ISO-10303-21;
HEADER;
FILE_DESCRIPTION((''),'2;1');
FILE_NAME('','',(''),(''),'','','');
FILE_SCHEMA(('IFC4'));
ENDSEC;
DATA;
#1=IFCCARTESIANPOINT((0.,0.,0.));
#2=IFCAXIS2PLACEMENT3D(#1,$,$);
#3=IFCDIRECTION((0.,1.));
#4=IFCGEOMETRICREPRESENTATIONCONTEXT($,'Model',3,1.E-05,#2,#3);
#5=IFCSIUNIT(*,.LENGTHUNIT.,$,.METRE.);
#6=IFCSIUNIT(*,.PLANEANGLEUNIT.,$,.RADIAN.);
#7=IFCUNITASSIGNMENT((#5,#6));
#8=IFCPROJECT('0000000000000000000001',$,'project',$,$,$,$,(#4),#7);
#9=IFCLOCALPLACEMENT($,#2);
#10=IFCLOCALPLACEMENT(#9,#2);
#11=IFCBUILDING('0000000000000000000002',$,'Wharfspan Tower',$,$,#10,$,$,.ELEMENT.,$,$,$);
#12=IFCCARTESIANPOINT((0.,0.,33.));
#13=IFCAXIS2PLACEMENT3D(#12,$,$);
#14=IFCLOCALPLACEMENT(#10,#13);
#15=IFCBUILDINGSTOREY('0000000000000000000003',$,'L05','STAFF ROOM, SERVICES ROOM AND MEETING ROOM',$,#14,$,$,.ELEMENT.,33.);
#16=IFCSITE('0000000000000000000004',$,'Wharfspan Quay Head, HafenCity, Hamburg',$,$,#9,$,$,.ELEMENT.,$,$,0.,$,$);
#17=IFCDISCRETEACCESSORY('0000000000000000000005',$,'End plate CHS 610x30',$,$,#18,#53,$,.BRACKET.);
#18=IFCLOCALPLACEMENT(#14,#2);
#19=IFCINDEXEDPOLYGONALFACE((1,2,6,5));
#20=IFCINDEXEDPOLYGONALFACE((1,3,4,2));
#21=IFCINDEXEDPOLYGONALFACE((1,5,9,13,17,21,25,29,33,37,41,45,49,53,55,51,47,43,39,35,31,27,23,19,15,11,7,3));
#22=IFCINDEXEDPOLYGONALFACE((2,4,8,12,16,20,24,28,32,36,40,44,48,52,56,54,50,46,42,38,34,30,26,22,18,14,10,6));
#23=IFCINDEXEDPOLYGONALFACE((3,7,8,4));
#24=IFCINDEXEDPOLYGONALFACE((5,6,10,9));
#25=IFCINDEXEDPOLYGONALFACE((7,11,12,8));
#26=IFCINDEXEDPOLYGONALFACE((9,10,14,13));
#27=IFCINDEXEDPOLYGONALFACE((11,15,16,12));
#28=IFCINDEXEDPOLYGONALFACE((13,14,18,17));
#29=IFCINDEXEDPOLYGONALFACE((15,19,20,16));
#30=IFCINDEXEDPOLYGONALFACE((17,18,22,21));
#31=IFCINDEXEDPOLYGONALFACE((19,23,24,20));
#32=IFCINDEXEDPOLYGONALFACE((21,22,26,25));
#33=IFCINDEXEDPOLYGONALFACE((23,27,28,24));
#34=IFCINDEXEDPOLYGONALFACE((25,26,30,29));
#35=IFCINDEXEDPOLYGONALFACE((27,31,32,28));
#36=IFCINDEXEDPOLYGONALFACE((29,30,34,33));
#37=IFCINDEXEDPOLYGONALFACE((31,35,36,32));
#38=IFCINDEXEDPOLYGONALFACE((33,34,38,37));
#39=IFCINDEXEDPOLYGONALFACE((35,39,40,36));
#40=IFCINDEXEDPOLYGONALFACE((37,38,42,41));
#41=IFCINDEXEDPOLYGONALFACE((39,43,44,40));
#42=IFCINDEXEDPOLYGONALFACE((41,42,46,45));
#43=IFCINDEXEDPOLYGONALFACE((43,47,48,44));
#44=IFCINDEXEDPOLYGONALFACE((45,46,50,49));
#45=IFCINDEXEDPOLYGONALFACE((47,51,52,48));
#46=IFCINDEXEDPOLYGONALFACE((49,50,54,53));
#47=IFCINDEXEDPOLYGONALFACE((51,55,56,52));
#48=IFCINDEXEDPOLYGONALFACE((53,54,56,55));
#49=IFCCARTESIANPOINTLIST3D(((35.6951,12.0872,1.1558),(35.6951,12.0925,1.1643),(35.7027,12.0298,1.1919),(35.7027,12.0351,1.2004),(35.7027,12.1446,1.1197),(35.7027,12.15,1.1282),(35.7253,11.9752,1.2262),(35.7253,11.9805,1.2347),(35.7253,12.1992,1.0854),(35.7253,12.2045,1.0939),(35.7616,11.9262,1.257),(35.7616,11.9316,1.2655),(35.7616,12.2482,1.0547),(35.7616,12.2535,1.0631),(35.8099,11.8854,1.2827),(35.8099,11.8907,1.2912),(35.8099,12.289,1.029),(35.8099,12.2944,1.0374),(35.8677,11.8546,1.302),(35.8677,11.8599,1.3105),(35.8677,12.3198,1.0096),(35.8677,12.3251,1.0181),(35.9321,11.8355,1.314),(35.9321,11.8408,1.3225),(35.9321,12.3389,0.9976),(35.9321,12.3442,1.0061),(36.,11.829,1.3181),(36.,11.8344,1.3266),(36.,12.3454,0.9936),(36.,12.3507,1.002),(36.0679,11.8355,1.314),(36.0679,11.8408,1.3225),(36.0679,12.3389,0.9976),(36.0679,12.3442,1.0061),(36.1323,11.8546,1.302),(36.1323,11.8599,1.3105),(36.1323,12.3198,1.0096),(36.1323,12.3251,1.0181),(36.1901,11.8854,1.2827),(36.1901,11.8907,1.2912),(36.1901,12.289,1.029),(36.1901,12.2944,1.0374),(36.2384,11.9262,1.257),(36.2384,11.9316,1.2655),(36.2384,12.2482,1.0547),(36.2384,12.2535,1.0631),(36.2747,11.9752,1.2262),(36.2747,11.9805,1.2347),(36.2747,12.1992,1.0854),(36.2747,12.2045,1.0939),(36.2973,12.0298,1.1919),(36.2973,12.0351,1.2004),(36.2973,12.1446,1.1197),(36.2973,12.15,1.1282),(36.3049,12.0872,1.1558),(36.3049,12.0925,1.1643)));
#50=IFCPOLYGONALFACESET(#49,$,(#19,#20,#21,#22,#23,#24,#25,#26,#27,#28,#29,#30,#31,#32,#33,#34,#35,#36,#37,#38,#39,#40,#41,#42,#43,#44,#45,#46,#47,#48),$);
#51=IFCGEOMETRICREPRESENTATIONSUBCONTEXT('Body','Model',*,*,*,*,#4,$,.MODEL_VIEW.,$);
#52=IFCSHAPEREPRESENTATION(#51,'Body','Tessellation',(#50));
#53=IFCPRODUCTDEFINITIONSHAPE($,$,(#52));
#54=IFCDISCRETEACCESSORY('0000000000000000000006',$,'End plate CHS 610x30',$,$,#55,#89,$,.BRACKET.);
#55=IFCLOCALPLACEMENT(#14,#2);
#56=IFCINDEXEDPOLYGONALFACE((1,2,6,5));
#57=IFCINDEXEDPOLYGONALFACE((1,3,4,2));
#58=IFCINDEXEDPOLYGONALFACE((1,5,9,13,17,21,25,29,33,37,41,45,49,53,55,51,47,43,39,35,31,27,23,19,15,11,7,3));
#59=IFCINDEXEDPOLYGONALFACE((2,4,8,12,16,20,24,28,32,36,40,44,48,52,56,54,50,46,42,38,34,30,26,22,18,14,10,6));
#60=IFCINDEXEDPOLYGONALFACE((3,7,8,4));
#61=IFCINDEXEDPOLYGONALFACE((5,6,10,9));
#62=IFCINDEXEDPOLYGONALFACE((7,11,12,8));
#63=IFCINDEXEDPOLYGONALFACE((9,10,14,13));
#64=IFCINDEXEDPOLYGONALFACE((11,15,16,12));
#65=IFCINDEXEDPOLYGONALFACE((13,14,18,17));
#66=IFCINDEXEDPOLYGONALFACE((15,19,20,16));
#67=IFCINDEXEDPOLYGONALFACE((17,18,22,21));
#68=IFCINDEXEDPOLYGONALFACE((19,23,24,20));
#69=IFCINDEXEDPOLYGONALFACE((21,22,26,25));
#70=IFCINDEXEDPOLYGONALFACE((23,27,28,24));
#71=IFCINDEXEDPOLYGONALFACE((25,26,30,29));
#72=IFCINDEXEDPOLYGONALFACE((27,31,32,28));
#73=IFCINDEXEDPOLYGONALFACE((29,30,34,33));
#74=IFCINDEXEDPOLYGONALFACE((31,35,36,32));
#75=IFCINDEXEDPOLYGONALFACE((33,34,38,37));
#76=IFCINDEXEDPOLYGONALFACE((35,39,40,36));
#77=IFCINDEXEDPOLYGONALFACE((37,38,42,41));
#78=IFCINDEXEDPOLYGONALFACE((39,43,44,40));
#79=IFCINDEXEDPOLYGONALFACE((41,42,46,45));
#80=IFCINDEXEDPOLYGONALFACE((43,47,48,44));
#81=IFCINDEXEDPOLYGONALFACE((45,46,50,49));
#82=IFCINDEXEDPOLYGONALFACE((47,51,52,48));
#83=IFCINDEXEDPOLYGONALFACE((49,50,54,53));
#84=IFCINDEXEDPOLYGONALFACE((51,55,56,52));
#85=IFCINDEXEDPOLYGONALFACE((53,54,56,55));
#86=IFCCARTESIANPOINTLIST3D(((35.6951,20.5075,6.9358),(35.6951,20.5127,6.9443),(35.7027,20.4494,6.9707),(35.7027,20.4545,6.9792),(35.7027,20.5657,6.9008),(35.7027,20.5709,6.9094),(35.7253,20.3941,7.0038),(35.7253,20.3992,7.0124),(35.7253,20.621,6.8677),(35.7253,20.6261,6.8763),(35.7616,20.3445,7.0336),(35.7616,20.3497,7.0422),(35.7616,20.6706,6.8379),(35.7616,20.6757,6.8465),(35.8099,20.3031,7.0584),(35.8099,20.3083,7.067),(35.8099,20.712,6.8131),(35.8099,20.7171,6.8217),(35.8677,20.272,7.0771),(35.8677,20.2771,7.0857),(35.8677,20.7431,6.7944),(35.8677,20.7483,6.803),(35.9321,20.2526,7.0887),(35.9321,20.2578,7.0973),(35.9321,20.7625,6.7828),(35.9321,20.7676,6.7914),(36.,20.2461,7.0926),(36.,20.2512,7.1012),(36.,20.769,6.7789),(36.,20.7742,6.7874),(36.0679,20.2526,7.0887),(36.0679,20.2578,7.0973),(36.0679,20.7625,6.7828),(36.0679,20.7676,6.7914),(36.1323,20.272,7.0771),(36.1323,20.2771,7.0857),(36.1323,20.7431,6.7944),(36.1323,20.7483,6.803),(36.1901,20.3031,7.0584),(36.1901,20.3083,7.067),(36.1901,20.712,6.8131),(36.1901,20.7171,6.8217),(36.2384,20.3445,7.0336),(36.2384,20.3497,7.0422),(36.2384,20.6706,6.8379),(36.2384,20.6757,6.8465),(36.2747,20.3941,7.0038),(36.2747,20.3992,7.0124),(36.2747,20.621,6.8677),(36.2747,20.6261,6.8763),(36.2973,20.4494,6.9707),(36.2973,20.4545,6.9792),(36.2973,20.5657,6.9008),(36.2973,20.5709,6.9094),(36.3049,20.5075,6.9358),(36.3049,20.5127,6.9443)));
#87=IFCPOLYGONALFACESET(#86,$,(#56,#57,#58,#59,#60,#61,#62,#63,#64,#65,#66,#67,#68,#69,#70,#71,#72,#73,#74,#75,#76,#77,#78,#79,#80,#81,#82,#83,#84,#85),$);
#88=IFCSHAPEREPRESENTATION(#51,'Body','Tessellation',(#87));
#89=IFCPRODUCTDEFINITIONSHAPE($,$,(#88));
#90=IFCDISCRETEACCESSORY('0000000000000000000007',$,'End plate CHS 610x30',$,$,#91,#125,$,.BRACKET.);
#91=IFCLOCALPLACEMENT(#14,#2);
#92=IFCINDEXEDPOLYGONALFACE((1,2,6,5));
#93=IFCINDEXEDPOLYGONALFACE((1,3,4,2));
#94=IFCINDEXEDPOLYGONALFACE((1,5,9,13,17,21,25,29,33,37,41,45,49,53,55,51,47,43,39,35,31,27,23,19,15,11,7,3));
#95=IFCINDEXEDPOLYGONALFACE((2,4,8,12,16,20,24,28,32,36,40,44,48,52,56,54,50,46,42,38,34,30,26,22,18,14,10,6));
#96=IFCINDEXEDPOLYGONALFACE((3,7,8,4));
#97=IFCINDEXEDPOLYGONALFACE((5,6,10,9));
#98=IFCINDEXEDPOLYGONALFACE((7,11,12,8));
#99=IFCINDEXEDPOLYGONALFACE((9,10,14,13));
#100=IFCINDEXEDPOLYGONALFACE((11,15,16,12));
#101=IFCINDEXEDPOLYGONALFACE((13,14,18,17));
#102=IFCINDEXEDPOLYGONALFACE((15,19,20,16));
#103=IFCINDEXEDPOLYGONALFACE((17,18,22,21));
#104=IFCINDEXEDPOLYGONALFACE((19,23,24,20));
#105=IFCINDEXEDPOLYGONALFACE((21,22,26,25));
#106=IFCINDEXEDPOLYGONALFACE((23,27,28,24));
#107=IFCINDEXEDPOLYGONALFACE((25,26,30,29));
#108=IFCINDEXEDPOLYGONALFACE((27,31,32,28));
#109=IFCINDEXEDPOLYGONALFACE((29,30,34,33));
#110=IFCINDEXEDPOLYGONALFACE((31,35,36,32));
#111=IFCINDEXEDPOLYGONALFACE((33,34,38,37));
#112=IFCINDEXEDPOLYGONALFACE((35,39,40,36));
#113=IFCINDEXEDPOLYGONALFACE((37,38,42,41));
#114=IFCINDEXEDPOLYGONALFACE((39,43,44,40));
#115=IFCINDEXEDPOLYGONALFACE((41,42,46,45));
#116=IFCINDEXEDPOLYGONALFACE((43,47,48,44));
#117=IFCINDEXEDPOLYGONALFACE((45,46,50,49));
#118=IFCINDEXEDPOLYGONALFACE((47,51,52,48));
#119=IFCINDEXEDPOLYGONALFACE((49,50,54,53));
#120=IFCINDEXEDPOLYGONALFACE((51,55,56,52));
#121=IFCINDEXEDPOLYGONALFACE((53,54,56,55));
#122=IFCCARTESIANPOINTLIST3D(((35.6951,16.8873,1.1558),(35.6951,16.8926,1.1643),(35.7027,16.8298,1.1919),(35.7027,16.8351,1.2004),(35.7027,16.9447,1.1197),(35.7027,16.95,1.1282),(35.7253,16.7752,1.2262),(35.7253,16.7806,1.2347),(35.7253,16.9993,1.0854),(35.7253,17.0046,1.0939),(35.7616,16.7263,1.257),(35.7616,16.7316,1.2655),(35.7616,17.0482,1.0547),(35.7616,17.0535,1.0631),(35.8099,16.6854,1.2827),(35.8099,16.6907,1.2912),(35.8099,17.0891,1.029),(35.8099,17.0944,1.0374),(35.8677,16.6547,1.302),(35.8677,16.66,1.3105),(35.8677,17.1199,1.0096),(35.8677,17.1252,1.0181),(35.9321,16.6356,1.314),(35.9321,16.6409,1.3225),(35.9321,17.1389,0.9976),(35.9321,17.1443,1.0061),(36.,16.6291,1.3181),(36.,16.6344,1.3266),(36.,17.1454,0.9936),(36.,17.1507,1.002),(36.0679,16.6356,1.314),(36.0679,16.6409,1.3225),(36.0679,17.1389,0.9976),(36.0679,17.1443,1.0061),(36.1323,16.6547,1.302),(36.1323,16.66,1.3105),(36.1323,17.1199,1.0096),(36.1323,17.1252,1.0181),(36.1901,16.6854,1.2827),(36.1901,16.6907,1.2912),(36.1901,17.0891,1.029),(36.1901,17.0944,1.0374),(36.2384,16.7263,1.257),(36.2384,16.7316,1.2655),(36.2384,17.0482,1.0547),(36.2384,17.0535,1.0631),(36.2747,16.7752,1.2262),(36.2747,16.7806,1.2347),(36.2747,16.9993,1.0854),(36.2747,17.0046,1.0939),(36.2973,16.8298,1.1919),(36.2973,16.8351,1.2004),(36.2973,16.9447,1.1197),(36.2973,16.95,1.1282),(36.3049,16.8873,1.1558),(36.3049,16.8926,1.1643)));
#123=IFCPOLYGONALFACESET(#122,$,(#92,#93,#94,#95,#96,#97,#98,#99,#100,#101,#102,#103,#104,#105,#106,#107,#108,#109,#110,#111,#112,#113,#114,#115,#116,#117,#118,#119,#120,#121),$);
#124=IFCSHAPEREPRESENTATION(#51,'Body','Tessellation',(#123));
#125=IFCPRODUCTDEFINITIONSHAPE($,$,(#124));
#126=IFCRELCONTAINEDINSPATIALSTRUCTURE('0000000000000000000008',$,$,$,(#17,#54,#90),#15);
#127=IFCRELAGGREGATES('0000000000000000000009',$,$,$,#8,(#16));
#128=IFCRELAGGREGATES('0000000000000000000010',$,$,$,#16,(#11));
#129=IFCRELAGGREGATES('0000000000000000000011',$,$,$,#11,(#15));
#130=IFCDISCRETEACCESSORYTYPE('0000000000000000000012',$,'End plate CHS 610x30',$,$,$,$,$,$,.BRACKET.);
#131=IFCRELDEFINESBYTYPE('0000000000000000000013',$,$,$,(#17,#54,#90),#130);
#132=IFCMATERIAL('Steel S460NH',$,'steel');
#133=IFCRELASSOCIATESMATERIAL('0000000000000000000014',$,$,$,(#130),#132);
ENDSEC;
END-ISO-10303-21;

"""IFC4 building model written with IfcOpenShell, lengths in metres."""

from ifc_helpers import new_model, si_unit, direction, frame, origin, origin_2d, place, context, subcontext, project, spatial, circle, extrude, material, material_profile, profile_set, type_object, element, save


model = new_model("IFC4")

# Units and contexts
model_context = context("Model", 3, precision=1e-05, world=origin(), true_north=direction((0.0, 1.0)))
body_context = subcontext(model_context, "Body", "Model", "MODEL_VIEW")
ifc_project = project(units=[si_unit("LENGTHUNIT", "METRE"), si_unit("PLANEANGLEUNIT", "RADIAN")], contexts=[model_context])

# Site, building, storey
site_placement = place(None, origin())
site = spatial("IfcSite", under=ifc_project, at=site_placement, Name="Wharfspan Quay Head, HafenCity, Hamburg", CompositionType="ELEMENT", RefElevation=0.0)
building_placement = place(site_placement, origin())
building = spatial("IfcBuilding", under=site, at=building_placement, Name="Wharfspan Tower", CompositionType="ELEMENT")
storey_placement = place(building_placement, frame((0.0, 0.0, 33.0)))
storey = spatial("IfcBuildingStorey", under=building, at=storey_placement, Name="L05", Description="STAFF ROOM, SERVICES ROOM AND MEETING ROOM", CompositionType="ELEMENT", Elevation=33.0)

# Shared definitions
ifc_material_1 = material(Name="Steel S460NH", Category="steel")

# Discrete accessories
ifc_material_profile_1 = material_profile(ifc_material_1, circle(Radius=0.3049, at=origin_2d()))
ifc_profile_set_1 = profile_set([ifc_material_profile_1], Name="Steel S460NH")
discrete_accessory_type = type_object("IfcDiscreteAccessoryType", Name="End plate CHS 610x30", PredefinedType="BRACKET", material=ifc_profile_set_1)
for number, where, z_axis, x_axis, name in (
    (1, (36.0, 12.0925, 1.1643), (0.0, -0.532172, -0.846637), (1.0, 0.0, 0.0), "End plate CHS 610x30"),
    (2, (36.0, 20.5127, 6.9443), (0.0, -0.514496, -0.857493), (1.0, 0.0, 0.0), "End plate CHS 610x30"),
    (3, (36.0, 16.8926, 1.1643), (0.0, -0.532172, -0.846637), (1.0, 0.0, 0.0), "End plate CHS 610x30"),
):
    element("IfcDiscreteAccessory", number, at=place(storey_placement, frame(where, z_axis=z_axis, x_axis=x_axis)), inside=storey, type_object=discrete_accessory_type, Name=name, PredefinedType="BRACKET", context=body_context, shape_type="SweptSolid", body=[
        extrude(circle(Radius=0.3049, at=origin_2d()), origin(), (0.0, 0.0, 1.0), 0.01),
    ])

save(model, "model.ifc")
